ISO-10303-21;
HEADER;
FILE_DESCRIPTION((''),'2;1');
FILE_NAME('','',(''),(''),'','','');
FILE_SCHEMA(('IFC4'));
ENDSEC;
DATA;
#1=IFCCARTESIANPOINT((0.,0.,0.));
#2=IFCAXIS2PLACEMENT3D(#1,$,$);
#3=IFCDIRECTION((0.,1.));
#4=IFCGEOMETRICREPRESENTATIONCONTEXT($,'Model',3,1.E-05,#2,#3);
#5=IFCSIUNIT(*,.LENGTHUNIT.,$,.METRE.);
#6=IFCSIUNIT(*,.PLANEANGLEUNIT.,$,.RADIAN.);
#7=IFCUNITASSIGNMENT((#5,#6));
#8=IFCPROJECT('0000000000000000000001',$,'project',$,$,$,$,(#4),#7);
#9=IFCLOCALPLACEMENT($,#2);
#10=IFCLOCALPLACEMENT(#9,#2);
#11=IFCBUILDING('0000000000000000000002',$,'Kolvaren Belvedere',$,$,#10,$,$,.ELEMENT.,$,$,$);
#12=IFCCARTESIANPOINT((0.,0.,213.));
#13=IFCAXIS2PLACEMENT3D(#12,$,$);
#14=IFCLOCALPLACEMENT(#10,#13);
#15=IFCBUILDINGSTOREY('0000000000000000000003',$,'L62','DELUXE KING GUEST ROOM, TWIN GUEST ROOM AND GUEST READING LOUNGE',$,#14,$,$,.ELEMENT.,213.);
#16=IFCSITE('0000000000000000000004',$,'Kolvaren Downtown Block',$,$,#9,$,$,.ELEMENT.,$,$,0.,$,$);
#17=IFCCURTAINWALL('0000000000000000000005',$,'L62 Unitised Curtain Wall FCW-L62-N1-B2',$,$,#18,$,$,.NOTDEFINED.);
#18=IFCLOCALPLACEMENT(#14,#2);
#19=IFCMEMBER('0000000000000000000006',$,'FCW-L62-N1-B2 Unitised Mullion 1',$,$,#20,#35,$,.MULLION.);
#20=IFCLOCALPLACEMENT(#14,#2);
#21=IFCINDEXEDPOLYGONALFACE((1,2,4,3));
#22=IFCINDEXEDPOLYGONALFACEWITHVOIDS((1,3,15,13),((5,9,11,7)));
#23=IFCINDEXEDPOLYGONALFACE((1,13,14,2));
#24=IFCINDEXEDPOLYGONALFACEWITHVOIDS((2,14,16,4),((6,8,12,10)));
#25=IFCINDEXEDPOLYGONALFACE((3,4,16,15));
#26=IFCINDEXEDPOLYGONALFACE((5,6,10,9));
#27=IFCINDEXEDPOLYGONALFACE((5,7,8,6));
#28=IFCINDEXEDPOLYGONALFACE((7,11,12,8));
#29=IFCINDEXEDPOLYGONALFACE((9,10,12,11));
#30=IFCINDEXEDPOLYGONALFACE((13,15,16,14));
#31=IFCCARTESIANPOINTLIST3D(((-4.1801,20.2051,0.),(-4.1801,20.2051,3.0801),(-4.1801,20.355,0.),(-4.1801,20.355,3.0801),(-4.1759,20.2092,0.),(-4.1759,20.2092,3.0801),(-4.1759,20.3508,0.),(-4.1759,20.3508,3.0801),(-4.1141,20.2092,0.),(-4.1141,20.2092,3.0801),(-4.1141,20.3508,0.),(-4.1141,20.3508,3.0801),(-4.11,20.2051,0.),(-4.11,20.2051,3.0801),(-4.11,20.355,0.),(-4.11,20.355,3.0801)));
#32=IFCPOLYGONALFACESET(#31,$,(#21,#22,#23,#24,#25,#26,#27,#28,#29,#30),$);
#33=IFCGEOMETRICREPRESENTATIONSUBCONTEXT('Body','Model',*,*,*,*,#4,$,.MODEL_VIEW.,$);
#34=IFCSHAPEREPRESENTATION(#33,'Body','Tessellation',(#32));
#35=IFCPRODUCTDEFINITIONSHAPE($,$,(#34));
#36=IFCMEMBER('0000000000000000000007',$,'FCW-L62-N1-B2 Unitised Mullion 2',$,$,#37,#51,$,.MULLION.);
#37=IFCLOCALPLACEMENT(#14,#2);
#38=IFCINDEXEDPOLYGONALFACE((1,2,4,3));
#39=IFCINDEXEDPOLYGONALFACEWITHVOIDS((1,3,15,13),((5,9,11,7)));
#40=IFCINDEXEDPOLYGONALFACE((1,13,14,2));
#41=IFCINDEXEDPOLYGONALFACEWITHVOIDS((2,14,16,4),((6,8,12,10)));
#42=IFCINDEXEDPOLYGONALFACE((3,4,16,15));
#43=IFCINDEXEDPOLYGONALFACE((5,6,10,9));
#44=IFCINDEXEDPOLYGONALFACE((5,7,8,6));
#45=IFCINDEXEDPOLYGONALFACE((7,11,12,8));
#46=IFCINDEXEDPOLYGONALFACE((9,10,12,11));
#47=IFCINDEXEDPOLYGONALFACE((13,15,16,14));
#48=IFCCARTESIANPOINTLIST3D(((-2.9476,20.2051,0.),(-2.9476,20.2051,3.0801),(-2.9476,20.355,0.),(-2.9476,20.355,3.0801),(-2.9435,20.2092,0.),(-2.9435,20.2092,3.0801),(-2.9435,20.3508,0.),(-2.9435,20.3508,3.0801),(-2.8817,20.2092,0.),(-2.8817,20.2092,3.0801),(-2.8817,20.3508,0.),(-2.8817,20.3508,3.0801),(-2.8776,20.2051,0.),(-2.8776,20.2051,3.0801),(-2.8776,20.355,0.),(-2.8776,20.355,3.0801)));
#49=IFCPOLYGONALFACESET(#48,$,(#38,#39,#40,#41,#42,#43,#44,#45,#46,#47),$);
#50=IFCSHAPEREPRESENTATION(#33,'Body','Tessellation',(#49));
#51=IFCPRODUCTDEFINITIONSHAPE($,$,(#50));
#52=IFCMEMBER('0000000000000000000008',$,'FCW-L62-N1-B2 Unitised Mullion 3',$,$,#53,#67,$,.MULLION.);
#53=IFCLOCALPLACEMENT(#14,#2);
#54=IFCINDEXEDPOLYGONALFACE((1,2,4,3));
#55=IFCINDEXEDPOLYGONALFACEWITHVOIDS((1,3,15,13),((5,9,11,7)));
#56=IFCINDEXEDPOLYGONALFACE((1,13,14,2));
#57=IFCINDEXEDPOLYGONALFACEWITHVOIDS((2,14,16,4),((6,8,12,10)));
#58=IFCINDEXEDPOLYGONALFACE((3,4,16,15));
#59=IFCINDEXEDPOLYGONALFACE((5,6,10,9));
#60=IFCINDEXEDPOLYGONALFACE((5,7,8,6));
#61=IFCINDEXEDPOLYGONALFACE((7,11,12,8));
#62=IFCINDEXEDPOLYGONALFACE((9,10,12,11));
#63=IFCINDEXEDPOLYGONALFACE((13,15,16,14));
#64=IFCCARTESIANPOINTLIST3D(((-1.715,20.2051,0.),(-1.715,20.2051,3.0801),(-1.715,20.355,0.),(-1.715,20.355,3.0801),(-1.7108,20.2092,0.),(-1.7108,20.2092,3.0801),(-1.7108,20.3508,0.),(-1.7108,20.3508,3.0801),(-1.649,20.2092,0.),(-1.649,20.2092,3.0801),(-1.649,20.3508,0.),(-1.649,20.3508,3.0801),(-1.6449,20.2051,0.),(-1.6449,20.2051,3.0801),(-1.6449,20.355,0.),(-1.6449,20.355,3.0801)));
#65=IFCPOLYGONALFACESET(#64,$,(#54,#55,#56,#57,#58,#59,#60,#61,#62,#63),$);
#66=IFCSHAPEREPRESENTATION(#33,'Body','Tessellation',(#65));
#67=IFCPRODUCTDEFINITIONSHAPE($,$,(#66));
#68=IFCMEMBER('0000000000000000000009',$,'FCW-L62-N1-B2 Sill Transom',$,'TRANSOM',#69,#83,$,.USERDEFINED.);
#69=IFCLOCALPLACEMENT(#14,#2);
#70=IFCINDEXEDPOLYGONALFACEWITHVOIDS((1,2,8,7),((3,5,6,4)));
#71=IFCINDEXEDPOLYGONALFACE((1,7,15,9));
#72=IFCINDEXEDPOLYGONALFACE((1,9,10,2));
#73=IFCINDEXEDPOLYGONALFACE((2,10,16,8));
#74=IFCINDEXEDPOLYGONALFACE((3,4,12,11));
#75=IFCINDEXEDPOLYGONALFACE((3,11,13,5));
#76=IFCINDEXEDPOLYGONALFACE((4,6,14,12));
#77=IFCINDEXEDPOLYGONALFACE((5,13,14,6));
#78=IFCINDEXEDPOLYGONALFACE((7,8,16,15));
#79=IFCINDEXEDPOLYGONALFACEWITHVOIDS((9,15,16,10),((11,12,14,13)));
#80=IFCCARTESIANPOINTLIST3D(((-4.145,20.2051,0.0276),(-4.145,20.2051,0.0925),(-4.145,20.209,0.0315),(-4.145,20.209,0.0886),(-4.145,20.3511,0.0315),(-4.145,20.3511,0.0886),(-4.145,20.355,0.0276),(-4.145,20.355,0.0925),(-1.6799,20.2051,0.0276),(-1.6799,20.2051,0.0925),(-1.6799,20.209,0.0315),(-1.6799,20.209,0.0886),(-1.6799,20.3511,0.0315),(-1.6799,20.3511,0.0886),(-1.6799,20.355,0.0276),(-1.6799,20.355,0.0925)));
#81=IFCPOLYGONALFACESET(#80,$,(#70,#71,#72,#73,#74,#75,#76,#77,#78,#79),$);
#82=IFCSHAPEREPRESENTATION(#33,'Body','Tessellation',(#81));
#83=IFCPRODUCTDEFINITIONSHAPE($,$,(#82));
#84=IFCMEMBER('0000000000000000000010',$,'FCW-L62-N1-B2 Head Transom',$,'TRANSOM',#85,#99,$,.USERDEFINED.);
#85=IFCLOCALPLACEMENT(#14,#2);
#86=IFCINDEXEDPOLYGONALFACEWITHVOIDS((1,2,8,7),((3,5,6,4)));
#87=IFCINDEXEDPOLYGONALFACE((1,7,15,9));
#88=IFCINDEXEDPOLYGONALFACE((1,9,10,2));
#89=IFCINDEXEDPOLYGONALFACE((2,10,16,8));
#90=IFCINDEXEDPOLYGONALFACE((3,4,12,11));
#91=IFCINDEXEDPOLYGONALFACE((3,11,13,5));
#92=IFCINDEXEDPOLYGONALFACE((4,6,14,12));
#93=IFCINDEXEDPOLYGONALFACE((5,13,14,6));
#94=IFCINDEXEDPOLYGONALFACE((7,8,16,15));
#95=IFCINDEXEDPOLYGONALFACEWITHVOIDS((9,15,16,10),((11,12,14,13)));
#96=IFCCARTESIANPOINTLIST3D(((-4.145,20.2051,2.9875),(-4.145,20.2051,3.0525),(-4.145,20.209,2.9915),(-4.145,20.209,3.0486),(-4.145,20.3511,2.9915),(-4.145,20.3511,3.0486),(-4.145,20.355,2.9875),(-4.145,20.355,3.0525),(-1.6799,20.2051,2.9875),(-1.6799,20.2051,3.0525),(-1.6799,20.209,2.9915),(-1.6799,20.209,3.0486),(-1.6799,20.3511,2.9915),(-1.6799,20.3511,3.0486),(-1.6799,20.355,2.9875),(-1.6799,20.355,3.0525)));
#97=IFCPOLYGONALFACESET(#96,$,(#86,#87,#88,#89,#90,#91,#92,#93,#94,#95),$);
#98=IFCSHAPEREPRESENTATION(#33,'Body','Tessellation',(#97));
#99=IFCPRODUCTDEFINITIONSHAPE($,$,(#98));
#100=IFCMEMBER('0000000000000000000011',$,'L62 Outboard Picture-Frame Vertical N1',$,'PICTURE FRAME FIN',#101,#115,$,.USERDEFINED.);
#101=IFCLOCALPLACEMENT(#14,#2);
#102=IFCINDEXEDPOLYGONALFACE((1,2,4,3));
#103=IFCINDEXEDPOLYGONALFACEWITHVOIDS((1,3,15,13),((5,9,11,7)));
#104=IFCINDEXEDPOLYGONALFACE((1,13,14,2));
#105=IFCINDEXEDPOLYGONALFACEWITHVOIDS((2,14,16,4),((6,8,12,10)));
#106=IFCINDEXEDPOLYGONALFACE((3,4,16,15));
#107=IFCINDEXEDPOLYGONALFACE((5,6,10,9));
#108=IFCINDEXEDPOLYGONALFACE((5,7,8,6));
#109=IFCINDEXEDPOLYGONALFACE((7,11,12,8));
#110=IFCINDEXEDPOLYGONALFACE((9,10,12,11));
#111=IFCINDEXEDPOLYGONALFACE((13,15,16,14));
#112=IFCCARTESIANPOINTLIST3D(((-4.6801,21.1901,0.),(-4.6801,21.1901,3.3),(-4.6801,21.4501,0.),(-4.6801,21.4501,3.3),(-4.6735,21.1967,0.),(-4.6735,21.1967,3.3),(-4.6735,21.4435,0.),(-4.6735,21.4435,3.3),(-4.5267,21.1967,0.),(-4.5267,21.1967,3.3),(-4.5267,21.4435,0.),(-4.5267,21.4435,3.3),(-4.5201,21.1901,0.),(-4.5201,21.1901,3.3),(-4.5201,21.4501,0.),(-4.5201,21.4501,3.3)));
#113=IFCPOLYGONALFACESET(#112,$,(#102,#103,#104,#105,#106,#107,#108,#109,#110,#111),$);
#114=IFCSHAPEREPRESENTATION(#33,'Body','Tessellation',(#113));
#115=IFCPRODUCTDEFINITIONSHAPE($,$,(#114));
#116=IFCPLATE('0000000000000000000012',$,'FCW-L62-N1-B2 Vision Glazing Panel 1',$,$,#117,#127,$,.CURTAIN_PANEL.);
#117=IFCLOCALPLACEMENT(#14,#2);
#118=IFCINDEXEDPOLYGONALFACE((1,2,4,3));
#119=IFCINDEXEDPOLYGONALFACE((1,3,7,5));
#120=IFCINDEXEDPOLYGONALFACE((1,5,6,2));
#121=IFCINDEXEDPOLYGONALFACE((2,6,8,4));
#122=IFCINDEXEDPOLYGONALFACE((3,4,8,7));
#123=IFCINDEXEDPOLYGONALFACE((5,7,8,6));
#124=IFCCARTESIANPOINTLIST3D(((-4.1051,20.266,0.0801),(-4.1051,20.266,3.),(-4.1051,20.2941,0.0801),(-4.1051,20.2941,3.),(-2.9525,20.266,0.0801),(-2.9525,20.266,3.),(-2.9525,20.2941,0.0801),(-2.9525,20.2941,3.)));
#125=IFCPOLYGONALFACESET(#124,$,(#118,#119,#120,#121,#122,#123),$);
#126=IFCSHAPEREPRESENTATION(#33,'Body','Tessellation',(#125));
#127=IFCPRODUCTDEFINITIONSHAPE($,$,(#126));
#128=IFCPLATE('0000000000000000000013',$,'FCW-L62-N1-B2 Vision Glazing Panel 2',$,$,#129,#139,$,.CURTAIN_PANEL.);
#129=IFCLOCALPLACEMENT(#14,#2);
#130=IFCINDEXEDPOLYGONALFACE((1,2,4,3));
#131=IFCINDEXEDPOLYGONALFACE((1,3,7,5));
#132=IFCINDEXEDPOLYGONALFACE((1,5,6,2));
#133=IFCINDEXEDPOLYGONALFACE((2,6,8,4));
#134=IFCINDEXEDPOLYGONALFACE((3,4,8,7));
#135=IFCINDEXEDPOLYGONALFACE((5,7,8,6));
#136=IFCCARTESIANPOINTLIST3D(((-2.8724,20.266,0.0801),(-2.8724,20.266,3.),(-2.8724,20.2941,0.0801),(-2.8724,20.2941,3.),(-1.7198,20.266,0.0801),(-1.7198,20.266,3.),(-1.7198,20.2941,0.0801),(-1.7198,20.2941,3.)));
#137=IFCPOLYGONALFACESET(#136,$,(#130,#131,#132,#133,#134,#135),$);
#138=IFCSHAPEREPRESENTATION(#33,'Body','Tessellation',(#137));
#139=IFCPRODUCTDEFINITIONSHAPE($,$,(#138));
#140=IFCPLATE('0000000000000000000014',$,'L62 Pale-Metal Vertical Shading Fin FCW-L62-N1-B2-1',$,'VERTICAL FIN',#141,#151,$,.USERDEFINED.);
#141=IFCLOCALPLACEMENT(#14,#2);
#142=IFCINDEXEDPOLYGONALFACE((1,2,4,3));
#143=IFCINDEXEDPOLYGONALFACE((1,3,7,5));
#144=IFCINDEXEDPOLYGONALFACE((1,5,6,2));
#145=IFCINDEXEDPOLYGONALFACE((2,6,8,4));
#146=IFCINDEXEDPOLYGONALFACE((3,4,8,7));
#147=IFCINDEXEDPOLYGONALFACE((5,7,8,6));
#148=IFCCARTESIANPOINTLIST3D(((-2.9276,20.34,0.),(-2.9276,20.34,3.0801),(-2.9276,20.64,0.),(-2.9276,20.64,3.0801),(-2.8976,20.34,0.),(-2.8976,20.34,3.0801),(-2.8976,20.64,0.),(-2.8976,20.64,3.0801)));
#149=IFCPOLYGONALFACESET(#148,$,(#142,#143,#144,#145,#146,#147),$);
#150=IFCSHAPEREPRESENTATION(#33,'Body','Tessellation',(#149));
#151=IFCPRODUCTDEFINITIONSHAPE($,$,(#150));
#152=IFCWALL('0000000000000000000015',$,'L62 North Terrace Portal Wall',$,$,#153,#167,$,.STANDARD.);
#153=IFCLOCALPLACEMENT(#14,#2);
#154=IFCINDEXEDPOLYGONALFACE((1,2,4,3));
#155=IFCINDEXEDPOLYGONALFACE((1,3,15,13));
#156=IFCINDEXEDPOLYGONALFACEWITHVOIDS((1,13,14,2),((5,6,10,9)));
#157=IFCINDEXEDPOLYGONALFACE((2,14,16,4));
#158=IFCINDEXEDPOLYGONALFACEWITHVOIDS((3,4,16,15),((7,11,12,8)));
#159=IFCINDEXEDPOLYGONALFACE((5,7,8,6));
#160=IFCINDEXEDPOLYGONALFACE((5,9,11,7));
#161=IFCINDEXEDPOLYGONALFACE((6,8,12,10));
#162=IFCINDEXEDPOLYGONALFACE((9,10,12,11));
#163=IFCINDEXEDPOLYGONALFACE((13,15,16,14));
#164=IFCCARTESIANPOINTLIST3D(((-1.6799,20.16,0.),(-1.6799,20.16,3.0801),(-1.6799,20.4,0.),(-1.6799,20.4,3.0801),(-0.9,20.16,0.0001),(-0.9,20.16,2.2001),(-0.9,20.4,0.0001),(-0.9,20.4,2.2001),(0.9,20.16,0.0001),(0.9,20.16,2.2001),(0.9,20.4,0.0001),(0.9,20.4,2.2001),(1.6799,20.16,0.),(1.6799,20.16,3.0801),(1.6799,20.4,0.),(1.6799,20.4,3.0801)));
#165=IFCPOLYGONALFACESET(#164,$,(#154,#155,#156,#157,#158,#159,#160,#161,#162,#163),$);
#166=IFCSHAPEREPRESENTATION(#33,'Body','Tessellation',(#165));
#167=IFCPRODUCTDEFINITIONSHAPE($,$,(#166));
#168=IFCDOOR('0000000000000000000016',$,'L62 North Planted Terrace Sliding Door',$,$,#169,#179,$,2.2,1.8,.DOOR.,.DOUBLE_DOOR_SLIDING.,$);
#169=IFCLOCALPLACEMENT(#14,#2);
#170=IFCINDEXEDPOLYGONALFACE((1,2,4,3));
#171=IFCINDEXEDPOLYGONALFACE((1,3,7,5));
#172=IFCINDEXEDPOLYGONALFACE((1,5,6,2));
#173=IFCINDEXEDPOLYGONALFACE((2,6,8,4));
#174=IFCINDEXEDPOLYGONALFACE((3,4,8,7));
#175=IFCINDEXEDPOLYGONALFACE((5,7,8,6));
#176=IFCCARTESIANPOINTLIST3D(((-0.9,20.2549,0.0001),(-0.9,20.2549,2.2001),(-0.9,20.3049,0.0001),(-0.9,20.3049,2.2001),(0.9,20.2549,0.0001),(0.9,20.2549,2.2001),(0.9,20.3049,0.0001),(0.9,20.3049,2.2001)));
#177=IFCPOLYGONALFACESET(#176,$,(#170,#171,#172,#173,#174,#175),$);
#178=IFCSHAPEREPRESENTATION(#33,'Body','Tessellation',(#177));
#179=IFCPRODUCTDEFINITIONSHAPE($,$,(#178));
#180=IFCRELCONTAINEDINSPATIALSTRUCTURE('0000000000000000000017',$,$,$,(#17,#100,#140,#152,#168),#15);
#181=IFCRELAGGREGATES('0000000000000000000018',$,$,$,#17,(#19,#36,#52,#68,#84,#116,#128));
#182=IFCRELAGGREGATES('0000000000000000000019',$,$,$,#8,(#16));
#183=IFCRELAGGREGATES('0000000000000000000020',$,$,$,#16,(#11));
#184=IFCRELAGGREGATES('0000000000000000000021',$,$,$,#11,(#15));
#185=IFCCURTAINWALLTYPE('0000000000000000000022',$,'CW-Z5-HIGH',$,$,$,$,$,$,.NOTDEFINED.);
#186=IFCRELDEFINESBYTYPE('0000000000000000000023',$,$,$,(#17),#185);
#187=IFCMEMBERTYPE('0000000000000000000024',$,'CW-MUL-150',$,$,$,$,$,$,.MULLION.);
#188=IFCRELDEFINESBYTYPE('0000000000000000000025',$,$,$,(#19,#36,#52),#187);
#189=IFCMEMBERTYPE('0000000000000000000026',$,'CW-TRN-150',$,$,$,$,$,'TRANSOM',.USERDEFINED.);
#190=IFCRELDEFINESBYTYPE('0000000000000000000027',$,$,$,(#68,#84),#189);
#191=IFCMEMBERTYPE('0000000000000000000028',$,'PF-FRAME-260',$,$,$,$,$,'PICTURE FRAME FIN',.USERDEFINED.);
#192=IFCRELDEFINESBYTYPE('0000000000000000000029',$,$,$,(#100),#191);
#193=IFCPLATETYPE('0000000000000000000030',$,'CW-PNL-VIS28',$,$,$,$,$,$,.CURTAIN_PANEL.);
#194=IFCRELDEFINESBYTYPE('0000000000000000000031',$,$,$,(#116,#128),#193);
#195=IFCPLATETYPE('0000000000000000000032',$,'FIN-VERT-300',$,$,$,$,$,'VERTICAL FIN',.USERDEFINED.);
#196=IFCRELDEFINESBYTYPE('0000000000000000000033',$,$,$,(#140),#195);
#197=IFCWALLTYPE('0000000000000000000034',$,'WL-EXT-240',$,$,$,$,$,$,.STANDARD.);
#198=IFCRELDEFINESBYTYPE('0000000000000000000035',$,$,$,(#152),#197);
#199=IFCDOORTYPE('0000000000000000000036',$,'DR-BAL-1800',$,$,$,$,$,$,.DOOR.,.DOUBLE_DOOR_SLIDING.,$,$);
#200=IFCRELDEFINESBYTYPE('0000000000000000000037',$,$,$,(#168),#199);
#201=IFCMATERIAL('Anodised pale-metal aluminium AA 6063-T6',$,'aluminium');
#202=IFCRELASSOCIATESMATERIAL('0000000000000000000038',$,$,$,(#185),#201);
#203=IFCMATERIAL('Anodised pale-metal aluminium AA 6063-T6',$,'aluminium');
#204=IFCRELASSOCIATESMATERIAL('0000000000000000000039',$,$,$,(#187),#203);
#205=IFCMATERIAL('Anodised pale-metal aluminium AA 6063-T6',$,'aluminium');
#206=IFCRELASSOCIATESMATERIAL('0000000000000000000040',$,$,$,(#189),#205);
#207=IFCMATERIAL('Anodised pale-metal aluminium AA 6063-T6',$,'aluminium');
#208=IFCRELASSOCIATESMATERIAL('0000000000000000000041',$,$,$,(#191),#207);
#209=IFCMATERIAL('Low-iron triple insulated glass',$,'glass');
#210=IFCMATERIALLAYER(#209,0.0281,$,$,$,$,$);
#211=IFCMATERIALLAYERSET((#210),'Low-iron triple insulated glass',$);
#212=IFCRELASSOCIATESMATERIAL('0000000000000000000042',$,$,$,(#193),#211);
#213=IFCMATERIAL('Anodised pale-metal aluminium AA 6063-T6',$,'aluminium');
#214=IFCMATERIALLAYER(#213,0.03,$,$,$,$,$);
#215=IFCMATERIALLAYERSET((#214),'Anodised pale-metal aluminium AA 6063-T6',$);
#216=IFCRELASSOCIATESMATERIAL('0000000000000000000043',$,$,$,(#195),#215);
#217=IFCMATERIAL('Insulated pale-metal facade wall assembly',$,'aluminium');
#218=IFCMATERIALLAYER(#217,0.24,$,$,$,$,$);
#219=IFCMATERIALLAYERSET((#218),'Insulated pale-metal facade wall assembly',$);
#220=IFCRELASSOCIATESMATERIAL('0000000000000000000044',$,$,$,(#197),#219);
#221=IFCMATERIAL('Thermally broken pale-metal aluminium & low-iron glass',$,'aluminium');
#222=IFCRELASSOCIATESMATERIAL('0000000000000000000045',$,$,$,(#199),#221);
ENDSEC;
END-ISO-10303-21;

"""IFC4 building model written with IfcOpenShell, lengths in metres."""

from ifc_helpers import new_model, si_unit, direction, frame, frame_2d, origin, origin_2d, place, context, subcontext, project, spatial, rectangle, hollow_rectangle, extrude, material, layer, layer_set, material_profile, profile_set, type_object, element, fill, aggregate, save


model = new_model("IFC4")

# Units and contexts
model_context = context("Model", 3, precision=1e-05, world=origin(), true_north=direction((0.0, 1.0)))
body_context = subcontext(model_context, "Body", "Model", "MODEL_VIEW")
ifc_project = project(units=[si_unit("LENGTHUNIT", "METRE"), si_unit("PLANEANGLEUNIT", "RADIAN")], contexts=[model_context])

# Site, building, storey
site_placement = place(None, origin())
site = spatial("IfcSite", under=ifc_project, at=site_placement, Name="Kolvaren Downtown Block", CompositionType="ELEMENT", RefElevation=0.0)
building_placement = place(site_placement, origin())
building = spatial("IfcBuilding", under=site, at=building_placement, Name="Kolvaren Belvedere", CompositionType="ELEMENT")
storey_placement = place(building_placement, frame((0.0, 0.0, 213.0)))
storey = spatial("IfcBuildingStorey", under=building, at=storey_placement, Name="L62", Description="DELUXE KING GUEST ROOM, TWIN GUEST ROOM AND GUEST READING LOUNGE", CompositionType="ELEMENT", Elevation=213.0)

# Shared definitions
ifc_material_1 = material(Name="Anodised pale-metal aluminium AA 6063-T6", Category="aluminium")
curtain_wall_type = type_object("IfcCurtainWallType", Name="CW-Z5-HIGH", PredefinedType="NOTDEFINED", material=ifc_material_1)
ifc_material_2 = material(Name="Anodised pale-metal aluminium AA 6063-T6", Category="aluminium")
ifc_material_profile_1 = material_profile(ifc_material_2, hollow_rectangle(XDim=0.0701, YDim=0.1499, WallThickness=0.0042, at=origin_2d()), Name="ALU-MUL-150X70")
ifc_profile_set_1 = profile_set([ifc_material_profile_1], Name="Anodised pale-metal aluminium AA 6063-T6")
member_type_1 = type_object("IfcMemberType", Name="CW-MUL-150", PredefinedType="MULLION", material=ifc_profile_set_1)

# Curtain wall, members
curtain_wall_1_placement = place(storey_placement, origin())
curtain_wall_1 = element("IfcCurtainWall", 1, at=curtain_wall_1_placement, inside=storey, type_object=curtain_wall_type, Name="L62 Unitised Curtain Wall FCW-L62-N1-B2", PredefinedType="NOTDEFINED")
member_1_placement = place(storey_placement, frame((-4.145, 20.28, 0.0), z_axis=(0.0, 0.0, 1.0), x_axis=(1.0, 0.0, 0.0)))
member_1 = element("IfcMember", 2, at=member_1_placement, type_object=member_type_1, Name="FCW-L62-N1-B2 Unitised Mullion 1", PredefinedType="MULLION", context=body_context, shape_type="SweptSolid", body=[
    extrude(hollow_rectangle(XDim=0.0701, YDim=0.1499, WallThickness=0.0042, at=origin_2d()), origin(), (0.0, 0.0, 1.0), 3.0801),
])
member_2_placement = place(storey_placement, frame((-2.9126, 20.28, 0.0), z_axis=(0.0, 0.0, 1.0), x_axis=(1.0, 0.0, 0.0)))
member_2 = element("IfcMember", 3, at=member_2_placement, type_object=member_type_1, Name="FCW-L62-N1-B2 Unitised Mullion 2", PredefinedType="MULLION", context=body_context, shape_type="SweptSolid", body=[
    extrude(hollow_rectangle(XDim=0.0701, YDim=0.1499, WallThickness=0.0042, at=origin_2d()), origin(), (0.0, 0.0, 1.0), 3.0801),
])
member_3_placement = place(storey_placement, frame((-1.6799, 20.28, 0.0), z_axis=(0.0, 0.0, 1.0), x_axis=(1.0, 0.0, 0.0)))
member_3 = element("IfcMember", 4, at=member_3_placement, type_object=member_type_1, Name="FCW-L62-N1-B2 Unitised Mullion 3", PredefinedType="MULLION", context=body_context, shape_type="SweptSolid", body=[
    extrude(hollow_rectangle(XDim=0.0701, YDim=0.1499, WallThickness=0.0042, at=origin_2d()), origin(), (0.0, 0.0, 1.0), 3.0801),
])
ifc_material_3 = material(Name="Anodised pale-metal aluminium AA 6063-T6", Category="aluminium")
ifc_material_profile_2 = material_profile(ifc_material_3, hollow_rectangle(XDim=0.0649, YDim=0.1499, WallThickness=0.0039, at=origin_2d()), Name="ALU-TRN-150X65")
ifc_profile_set_2 = profile_set([ifc_material_profile_2], Name="Anodised pale-metal aluminium AA 6063-T6")
member_type_2 = type_object("IfcMemberType", Name="CW-TRN-150", ElementType="TRANSOM", PredefinedType="USERDEFINED", material=ifc_profile_set_2)
member_4_placement = place(storey_placement, frame((-4.145, 20.28, 0.0601), z_axis=(1.0, 0.0, 0.0), x_axis=(0.0, 0.0, 1.0)))
member_4 = element("IfcMember", 5, at=member_4_placement, type_object=member_type_2, Name="FCW-L62-N1-B2 Sill Transom", ObjectType="TRANSOM", PredefinedType="USERDEFINED", context=body_context, shape_type="SweptSolid", body=[
    extrude(hollow_rectangle(XDim=0.0649, YDim=0.1499, WallThickness=0.0039, at=origin_2d()), origin(), (0.0, 0.0, 1.0), 2.4651),
])
member_5_placement = place(storey_placement, frame((-4.145, 20.28, 3.02), z_axis=(1.0, 0.0, 0.0), x_axis=(0.0, 0.0, 1.0)))
member_5 = element("IfcMember", 6, at=member_5_placement, type_object=member_type_2, Name="FCW-L62-N1-B2 Head Transom", ObjectType="TRANSOM", PredefinedType="USERDEFINED", context=body_context, shape_type="SweptSolid", body=[
    extrude(hollow_rectangle(XDim=0.0649, YDim=0.1499, WallThickness=0.0039, at=origin_2d()), origin(), (0.0, 0.0, 1.0), 2.4651),
])

# Member
ifc_material_4 = material(Name="Anodised pale-metal aluminium AA 6063-T6", Category="aluminium")
ifc_material_profile_3 = material_profile(ifc_material_4, hollow_rectangle(XDim=0.1599, YDim=0.26, WallThickness=0.0066, at=origin_2d()), Name="ALU-PF-260X160")
ifc_profile_set_3 = profile_set([ifc_material_profile_3], Name="Anodised pale-metal aluminium AA 6063-T6")
member_type_3 = type_object("IfcMemberType", Name="PF-FRAME-260", ElementType="PICTURE FRAME FIN", PredefinedType="USERDEFINED", material=ifc_profile_set_3)
member_6_placement = place(storey_placement, frame((-4.6001, 21.3201, 0.0), z_axis=(0.0, 0.0, 1.0), x_axis=(1.0, 0.0, 0.0)))
element("IfcMember", 7, at=member_6_placement, inside=storey, type_object=member_type_3, Name="L62 Outboard Picture-Frame Vertical N1", ObjectType="PICTURE FRAME FIN", PredefinedType="USERDEFINED", context=body_context, shape_type="SweptSolid", body=[
    extrude(hollow_rectangle(XDim=0.1599, YDim=0.26, WallThickness=0.0066, at=origin_2d()), origin(), (0.0, 0.0, 1.0), 3.3),
])

# Plates
ifc_material_5 = material(Name="Low-iron triple insulated glass", Category="glass")
ifc_layer_1 = layer(ifc_material_5, 0.0281)
ifc_layer_set_1 = layer_set([ifc_layer_1], Name="Low-iron triple insulated glass")
plate_type_1 = type_object("IfcPlateType", Name="CW-PNL-VIS28", PredefinedType="CURTAIN_PANEL", material=ifc_layer_set_1)
plate_1_placement = place(storey_placement, frame((-3.5288, 20.28, 0.0801), z_axis=(0.0, 0.0, 1.0), x_axis=(1.0, 0.0, 0.0)))
plate_1 = element("IfcPlate", 8, at=plate_1_placement, type_object=plate_type_1, Name="FCW-L62-N1-B2 Vision Glazing Panel 1", PredefinedType="CURTAIN_PANEL", context=body_context, shape_type="SweptSolid", body=[
    extrude(rectangle(XDim=1.1526, YDim=0.0281, at=origin_2d()), origin(), (0.0, 0.0, 1.0), 2.9199),
])
plate_2_placement = place(storey_placement, frame((-2.2961, 20.28, 0.0801), z_axis=(0.0, 0.0, 1.0), x_axis=(1.0, 0.0, 0.0)))
plate_2 = element("IfcPlate", 9, at=plate_2_placement, type_object=plate_type_1, Name="FCW-L62-N1-B2 Vision Glazing Panel 2", PredefinedType="CURTAIN_PANEL", context=body_context, shape_type="SweptSolid", body=[
    extrude(rectangle(XDim=1.1526, YDim=0.0281, at=origin_2d()), origin(), (0.0, 0.0, 1.0), 2.9199),
])
aggregate(curtain_wall_1, [member_1, member_2, member_3, member_4, member_5, plate_1, plate_2])
ifc_material_6 = material(Name="Anodised pale-metal aluminium AA 6063-T6", Category="aluminium")
ifc_layer_2 = layer(ifc_material_6, 0.03)
ifc_layer_set_2 = layer_set([ifc_layer_2], Name="Anodised pale-metal aluminium AA 6063-T6")
plate_type_2 = type_object("IfcPlateType", Name="FIN-VERT-300", ElementType="VERTICAL FIN", PredefinedType="USERDEFINED", material=ifc_layer_set_2)
plate_3_placement = place(storey_placement, frame((-2.9126, 20.49, 0.0), z_axis=(0.0, 0.0, 1.0), x_axis=(0.0, 1.0, 0.0)))
element("IfcPlate", 10, at=plate_3_placement, inside=storey, type_object=plate_type_2, Name="L62 Pale-Metal Vertical Shading Fin FCW-L62-N1-B2-1", ObjectType="VERTICAL FIN", PredefinedType="USERDEFINED", context=body_context, shape_type="SweptSolid", body=[
    extrude(rectangle(XDim=0.3, YDim=0.03, at=origin_2d()), origin(), (0.0, 0.0, 1.0), 3.0801),
])

# Wall, opening, door
ifc_material_7 = material(Name="Insulated pale-metal facade wall assembly", Category="aluminium")
ifc_layer_3 = layer(ifc_material_7, 0.24)
ifc_layer_set_3 = layer_set([ifc_layer_3], Name="Insulated pale-metal facade wall assembly")
wall_type_1 = type_object("IfcWallType", Name="WL-EXT-240", PredefinedType="STANDARD", material=ifc_layer_set_3)
wall_1_placement = place(storey_placement, frame((-1.6799, 20.28, 0.0), z_axis=(0.0, 0.0, 1.0), x_axis=(1.0, 0.0, 0.0)))
wall_1 = element("IfcWall", 11, at=wall_1_placement, inside=storey, type_object=wall_type_1, Name="L62 North Terrace Portal Wall", PredefinedType="STANDARD", context=body_context, shape_type="SweptSolid", body=[
    extrude(rectangle(XDim=3.3599, YDim=0.24, at=frame_2d((1.6799, 0.0))), origin(), (0.0, 0.0, 1.0), 3.0801),
])
opening_1_placement = place(wall_1_placement, frame((0.78, 0.0, 0.0)))
opening_1 = element("IfcOpeningElement", 12, at=opening_1_placement, cuts=wall_1, PredefinedType="OPENING", context=body_context, shape_type="SweptSolid", body=[
    extrude(rectangle(XDim=1.8, YDim=2.2, at=frame_2d((0.8999, 1.1001))), frame((0.0, 0.1299, 0.0), z_axis=(0.0, -1.0, 0.0), x_axis=(1.0, 0.0, 0.0)), (0.0, 0.0, 1.0), 0.26),
])
ifc_material_8 = material(Name="Thermally broken pale-metal aluminium & low-iron glass", Category="aluminium")
door_type_1 = type_object("IfcDoorType", Name="DR-BAL-1800", OperationType="DOUBLE_DOOR_SLIDING", PredefinedType="DOOR", material=ifc_material_8)
door_1_placement = place(opening_1_placement, origin())
door_1 = element("IfcDoor", 13, at=door_1_placement, inside=storey, type_object=door_type_1, Name="L62 North Planted Terrace Sliding Door", OperationType="DOUBLE_DOOR_SLIDING", OverallHeight=2.2, OverallWidth=1.8, PredefinedType="DOOR", context=body_context, shape_type="SweptSolid", body=[
    extrude(rectangle(XDim=1.8, YDim=2.2, at=frame_2d((0.8999, 1.1001))), frame((0.0, 0.0249, 0.0), z_axis=(0.0, -1.0, 0.0), x_axis=(1.0, 0.0, 0.0)), (0.0, 0.0, 1.0), 0.05),
])
fill(opening_1, door_1)

save(model, "model.ifc")
